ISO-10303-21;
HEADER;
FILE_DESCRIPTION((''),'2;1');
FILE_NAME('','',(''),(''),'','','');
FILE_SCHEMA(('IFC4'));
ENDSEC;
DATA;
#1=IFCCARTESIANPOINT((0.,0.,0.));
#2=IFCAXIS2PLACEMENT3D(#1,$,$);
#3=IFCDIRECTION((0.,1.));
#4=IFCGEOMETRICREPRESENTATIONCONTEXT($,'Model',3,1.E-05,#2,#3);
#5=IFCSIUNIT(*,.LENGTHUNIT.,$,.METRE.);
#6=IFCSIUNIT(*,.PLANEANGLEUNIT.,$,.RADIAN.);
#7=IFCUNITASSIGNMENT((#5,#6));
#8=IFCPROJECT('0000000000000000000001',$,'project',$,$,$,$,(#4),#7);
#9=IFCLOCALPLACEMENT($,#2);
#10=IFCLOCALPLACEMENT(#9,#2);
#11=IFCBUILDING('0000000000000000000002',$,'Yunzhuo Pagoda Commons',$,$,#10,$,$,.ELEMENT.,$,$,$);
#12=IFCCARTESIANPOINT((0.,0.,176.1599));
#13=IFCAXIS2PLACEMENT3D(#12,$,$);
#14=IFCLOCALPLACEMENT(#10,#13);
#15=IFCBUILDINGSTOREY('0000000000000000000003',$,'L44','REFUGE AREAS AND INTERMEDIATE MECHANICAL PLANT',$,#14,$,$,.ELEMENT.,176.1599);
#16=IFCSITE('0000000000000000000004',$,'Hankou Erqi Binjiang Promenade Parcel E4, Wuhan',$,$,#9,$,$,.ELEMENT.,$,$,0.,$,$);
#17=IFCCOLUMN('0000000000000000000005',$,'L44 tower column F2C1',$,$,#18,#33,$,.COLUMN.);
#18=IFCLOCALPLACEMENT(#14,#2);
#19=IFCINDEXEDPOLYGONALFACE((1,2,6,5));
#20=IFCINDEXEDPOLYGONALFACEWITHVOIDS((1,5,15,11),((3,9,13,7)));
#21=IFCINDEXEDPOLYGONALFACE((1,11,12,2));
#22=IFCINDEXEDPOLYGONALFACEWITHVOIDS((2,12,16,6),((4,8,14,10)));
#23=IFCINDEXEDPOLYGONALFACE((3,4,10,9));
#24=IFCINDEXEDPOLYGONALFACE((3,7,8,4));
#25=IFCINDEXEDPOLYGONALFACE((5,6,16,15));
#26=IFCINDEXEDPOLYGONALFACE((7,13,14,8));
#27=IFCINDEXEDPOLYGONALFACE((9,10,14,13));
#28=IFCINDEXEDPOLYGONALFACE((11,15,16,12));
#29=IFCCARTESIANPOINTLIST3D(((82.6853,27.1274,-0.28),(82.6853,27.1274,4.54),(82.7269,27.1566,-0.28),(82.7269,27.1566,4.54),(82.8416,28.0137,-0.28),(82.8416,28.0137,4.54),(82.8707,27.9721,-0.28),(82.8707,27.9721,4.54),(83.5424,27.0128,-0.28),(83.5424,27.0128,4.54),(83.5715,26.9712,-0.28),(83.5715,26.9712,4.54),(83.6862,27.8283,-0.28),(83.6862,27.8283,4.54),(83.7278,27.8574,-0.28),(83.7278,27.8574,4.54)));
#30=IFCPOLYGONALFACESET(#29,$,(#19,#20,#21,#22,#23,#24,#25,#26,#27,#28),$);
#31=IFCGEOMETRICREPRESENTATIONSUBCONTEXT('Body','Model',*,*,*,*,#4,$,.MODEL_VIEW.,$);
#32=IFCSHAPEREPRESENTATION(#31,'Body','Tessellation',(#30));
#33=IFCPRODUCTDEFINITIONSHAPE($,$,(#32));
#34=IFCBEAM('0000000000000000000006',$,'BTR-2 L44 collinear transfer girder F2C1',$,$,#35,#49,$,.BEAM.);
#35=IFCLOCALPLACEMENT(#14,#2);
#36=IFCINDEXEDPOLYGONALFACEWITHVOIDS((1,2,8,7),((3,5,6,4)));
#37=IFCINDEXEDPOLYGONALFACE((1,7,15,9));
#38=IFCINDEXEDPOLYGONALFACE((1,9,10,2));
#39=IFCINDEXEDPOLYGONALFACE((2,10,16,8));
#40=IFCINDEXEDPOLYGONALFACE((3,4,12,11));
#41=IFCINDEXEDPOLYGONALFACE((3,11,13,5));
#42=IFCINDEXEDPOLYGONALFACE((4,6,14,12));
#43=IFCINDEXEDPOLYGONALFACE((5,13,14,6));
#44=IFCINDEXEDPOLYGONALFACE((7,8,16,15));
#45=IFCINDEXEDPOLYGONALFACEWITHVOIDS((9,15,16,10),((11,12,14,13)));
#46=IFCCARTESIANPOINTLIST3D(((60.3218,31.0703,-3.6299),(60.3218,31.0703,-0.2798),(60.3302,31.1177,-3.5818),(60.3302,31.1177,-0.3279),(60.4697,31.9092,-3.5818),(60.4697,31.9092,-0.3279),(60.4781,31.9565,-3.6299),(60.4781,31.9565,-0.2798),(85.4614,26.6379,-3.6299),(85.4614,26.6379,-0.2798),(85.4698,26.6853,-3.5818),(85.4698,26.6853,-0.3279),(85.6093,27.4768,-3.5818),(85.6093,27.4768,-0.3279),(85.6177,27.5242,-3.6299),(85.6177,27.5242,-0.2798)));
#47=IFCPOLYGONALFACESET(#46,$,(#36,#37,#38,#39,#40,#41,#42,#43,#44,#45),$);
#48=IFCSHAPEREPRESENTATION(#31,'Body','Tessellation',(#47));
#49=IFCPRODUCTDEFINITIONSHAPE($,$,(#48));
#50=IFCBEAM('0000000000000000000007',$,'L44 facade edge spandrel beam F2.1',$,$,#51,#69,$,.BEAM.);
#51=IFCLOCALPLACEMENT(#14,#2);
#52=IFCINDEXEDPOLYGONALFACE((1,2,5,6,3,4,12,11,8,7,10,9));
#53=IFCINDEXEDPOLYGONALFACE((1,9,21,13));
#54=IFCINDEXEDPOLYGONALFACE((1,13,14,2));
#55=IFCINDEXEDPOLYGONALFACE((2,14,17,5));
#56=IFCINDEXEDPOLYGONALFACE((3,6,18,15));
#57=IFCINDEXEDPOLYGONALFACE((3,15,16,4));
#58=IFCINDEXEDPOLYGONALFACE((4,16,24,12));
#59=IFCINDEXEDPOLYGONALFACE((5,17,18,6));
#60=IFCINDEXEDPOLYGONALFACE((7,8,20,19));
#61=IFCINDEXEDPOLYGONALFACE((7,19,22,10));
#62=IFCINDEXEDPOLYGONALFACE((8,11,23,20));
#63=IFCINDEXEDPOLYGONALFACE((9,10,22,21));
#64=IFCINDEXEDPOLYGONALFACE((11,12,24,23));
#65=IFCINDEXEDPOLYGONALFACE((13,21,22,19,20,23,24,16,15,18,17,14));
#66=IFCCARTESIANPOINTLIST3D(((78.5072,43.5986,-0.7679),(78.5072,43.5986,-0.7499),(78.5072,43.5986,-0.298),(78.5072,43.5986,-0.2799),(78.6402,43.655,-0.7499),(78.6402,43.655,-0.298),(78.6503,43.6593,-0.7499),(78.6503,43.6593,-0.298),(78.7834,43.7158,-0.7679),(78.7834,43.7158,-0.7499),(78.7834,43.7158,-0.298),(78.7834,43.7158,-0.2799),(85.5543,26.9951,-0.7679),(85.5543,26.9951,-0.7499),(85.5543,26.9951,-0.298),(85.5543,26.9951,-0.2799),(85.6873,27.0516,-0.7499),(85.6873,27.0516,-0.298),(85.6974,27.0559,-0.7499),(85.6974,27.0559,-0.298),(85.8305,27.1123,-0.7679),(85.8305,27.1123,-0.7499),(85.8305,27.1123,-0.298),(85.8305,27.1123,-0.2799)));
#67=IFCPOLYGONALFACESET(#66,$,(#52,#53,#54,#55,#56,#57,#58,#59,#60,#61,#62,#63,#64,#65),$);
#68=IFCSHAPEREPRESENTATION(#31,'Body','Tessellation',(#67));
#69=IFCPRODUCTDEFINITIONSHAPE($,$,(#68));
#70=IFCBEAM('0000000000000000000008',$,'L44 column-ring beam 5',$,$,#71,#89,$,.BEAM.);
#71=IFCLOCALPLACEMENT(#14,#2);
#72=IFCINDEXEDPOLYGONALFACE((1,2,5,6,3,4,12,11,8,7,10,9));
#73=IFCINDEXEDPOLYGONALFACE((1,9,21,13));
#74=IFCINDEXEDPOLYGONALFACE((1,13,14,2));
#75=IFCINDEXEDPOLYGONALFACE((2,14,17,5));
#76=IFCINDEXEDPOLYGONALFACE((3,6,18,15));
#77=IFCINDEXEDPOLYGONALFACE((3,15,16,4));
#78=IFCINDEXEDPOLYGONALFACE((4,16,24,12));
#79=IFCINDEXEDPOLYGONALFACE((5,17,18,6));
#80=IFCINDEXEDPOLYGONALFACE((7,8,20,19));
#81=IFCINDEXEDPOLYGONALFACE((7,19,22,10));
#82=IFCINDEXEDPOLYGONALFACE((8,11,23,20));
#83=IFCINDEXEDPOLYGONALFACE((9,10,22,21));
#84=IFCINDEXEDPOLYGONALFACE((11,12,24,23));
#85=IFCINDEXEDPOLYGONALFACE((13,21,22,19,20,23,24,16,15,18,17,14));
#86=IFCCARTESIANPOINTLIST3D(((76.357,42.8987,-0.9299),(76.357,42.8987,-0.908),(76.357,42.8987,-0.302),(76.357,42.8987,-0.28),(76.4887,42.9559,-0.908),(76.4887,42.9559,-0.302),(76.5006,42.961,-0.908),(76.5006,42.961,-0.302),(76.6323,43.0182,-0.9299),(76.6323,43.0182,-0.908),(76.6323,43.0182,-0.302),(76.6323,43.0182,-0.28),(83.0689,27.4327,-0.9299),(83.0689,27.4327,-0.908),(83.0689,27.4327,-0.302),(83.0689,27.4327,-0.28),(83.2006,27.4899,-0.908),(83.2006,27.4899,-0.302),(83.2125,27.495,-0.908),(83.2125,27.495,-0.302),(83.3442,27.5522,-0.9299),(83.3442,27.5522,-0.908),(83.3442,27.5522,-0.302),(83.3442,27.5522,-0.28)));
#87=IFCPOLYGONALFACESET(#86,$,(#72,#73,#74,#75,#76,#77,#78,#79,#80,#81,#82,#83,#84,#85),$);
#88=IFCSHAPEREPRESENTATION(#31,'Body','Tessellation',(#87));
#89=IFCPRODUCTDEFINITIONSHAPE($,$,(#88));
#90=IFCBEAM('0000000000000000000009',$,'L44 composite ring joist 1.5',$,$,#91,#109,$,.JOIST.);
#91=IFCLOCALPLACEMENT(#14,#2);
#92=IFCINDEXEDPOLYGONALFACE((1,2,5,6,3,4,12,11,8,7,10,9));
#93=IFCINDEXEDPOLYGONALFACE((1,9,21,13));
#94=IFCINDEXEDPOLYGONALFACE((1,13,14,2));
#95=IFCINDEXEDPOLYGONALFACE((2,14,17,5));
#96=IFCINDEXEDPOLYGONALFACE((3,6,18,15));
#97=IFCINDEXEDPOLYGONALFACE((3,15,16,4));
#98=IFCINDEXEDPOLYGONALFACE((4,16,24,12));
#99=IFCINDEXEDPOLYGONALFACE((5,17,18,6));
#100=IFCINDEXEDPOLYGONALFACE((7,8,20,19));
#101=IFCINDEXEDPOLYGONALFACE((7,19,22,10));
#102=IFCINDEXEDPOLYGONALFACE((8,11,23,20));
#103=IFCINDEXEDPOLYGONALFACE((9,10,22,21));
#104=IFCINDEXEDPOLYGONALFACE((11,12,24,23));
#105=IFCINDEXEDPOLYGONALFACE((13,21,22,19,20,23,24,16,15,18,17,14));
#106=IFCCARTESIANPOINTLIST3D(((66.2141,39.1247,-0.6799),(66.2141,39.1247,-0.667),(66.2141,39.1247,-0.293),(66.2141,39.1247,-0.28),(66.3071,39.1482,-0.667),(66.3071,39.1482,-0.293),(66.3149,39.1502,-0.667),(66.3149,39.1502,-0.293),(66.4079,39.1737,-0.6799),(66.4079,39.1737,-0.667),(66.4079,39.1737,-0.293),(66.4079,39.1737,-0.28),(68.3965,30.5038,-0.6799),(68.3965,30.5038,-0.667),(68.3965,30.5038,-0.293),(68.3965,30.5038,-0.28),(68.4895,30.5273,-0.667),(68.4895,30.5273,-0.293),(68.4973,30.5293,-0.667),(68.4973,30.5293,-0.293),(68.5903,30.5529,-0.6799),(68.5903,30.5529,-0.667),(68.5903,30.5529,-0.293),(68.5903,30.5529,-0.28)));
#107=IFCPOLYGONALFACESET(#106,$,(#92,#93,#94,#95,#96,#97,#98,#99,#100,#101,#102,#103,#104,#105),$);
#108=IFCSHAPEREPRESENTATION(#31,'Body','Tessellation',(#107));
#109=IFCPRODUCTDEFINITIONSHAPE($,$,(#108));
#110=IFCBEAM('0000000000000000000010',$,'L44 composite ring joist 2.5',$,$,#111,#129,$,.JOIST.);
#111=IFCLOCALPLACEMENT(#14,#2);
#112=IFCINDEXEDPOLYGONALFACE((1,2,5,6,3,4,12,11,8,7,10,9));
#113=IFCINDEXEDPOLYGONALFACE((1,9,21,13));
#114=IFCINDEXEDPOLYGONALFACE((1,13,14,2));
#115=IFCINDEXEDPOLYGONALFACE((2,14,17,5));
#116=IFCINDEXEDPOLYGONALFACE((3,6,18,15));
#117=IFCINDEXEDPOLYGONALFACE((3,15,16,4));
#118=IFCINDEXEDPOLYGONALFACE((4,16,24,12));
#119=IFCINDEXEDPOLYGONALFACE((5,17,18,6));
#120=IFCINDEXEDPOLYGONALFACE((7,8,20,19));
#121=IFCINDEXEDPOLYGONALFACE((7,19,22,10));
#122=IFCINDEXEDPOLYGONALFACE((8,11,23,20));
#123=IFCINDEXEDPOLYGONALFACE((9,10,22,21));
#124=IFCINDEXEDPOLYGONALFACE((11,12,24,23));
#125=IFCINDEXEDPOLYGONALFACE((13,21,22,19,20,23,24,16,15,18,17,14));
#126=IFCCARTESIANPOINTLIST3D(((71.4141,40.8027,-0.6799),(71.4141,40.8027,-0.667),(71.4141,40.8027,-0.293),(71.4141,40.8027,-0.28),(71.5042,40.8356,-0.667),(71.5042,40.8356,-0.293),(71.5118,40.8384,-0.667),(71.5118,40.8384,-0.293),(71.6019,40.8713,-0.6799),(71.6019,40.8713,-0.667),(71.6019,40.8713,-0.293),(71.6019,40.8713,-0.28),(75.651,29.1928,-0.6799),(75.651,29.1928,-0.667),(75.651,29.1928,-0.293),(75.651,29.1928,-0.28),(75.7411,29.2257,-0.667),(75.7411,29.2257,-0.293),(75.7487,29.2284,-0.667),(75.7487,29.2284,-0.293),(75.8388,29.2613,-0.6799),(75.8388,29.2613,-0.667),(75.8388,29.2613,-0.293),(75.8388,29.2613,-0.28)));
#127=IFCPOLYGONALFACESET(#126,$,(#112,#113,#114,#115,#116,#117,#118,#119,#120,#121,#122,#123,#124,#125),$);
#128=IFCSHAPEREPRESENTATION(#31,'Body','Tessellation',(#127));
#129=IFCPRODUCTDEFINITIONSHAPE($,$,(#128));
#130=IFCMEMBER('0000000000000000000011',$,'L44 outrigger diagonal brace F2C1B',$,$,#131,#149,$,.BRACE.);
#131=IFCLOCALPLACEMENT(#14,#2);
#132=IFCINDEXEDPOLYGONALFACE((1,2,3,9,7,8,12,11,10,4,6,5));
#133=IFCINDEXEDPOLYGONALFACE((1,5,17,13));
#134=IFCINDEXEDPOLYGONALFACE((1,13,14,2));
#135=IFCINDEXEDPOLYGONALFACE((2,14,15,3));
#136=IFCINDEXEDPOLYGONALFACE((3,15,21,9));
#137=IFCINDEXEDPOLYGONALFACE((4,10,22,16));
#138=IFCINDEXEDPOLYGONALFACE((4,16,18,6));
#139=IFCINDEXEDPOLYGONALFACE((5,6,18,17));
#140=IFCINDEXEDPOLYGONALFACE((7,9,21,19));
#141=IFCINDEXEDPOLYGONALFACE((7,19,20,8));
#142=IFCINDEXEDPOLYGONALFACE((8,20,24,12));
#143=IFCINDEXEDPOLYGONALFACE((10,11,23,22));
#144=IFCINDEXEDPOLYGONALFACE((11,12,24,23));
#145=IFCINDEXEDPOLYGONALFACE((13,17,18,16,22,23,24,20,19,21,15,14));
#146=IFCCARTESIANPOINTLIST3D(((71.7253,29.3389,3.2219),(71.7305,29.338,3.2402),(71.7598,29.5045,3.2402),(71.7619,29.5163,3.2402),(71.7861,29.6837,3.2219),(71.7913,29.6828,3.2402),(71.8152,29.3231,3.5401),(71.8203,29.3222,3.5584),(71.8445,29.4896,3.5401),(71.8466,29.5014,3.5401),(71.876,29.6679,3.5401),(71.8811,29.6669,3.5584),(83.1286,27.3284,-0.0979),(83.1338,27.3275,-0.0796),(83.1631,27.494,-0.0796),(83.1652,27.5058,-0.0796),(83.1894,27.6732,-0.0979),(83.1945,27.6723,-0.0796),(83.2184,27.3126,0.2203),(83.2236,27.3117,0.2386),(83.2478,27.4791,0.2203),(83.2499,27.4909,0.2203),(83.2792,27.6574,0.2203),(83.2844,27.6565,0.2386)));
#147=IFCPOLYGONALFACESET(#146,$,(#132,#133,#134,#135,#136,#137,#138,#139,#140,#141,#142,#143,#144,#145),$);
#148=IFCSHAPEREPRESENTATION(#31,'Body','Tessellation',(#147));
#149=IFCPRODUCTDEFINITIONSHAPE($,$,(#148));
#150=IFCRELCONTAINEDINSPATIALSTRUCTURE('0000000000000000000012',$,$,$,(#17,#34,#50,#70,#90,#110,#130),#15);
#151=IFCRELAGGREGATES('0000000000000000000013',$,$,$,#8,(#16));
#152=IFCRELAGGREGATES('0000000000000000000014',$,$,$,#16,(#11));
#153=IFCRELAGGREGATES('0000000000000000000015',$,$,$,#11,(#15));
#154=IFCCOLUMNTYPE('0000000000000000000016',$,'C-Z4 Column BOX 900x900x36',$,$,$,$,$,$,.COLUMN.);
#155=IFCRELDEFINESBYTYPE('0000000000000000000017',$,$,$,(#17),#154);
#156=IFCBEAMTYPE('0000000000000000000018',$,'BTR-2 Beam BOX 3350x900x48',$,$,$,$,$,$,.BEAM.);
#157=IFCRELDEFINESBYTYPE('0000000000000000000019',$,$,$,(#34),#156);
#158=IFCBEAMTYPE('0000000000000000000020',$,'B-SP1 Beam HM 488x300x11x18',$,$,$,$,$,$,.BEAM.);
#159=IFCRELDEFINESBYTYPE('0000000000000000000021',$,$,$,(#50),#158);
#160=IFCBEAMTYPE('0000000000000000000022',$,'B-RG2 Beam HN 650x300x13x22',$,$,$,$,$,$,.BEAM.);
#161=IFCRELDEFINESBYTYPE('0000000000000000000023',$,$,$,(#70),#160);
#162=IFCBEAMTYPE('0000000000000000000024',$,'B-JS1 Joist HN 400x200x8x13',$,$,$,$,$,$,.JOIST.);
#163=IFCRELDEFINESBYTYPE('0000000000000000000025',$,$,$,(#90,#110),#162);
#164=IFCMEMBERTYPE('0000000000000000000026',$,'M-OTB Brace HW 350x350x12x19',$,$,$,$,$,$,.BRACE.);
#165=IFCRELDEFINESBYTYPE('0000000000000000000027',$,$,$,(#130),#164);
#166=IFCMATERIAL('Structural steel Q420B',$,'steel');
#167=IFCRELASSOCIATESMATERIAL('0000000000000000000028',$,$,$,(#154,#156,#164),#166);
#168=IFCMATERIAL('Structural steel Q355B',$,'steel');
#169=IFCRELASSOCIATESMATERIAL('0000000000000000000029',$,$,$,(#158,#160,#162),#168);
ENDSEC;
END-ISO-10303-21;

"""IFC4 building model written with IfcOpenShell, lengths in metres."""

from ifc_helpers import new_model, si_unit, direction, frame, origin, origin_2d, place, context, subcontext, project, spatial, hollow_rectangle, i_section, extrude, source, transform, mapped, material, material_profile, profile_set, type_object, element, save


model = new_model("IFC4")

# Units and contexts
model_context = context("Model", 3, precision=1e-05, world=origin(), true_north=direction((0.0, 1.0)))
body_context = subcontext(model_context, "Body", "Model", "MODEL_VIEW")
ifc_project = project(units=[si_unit("LENGTHUNIT", "METRE"), si_unit("PLANEANGLEUNIT", "RADIAN")], contexts=[model_context])

# Site, building, storey
site_placement = place(None, origin())
site = spatial("IfcSite", under=ifc_project, at=site_placement, Name="Hankou Erqi Binjiang Promenade Parcel E4, Wuhan", CompositionType="ELEMENT", RefElevation=0.0)
building_placement = place(site_placement, origin())
building = spatial("IfcBuilding", under=site, at=building_placement, Name="Yunzhuo Pagoda Commons", CompositionType="ELEMENT")
storey_placement = place(building_placement, frame((0.0, 0.0, 176.1599)))
storey = spatial("IfcBuildingStorey", under=building, at=storey_placement, Name="L44", Description="REFUGE AREAS AND INTERMEDIATE MECHANICAL PLANT", CompositionType="ELEMENT", Elevation=176.1599)

# Column
ifc_material_1 = material(Name="Structural steel Q420B", Category="steel")
ifc_material_profile_1 = material_profile(ifc_material_1, hollow_rectangle(XDim=0.8999, YDim=0.8999, WallThickness=0.0359, at=origin_2d()), Name="Structural steel Q420B")
ifc_profile_set_1 = profile_set([ifc_material_profile_1], Name="Structural steel Q420B")
column_type = type_object("IfcColumnType", Name="C-Z4 Column BOX 900x900x36", PredefinedType="COLUMN", material=ifc_profile_set_1)
shared_shape_1 = source(origin(), body_context, "Body", "SweptSolid", [
    extrude(hollow_rectangle(XDim=0.8999, YDim=0.8999, WallThickness=0.0359, at=origin_2d()), origin(), (0.0, 0.0, 1.0), 4.8201),
])
column_placement = place(storey_placement, frame((83.2065, 27.4924, -0.28), z_axis=(0.0, 0.0, 1.0), x_axis=(0.173648, 0.984808, 0.0)))
element("IfcColumn", 1, at=column_placement, inside=storey, type_object=column_type, Name="L44 tower column F2C1", PredefinedType="COLUMN", context=body_context, shape_type="MappedRepresentation", body=[
    mapped(shared_shape_1, transform((0.0, 0.0, 0.0), scale=1.0)),
])

# Beams
ifc_material_profile_2 = material_profile(ifc_material_1, hollow_rectangle(XDim=0.8999, YDim=3.3501, WallThickness=0.0481, at=origin_2d()), Name="Structural steel Q420B")
ifc_profile_set_2 = profile_set([ifc_material_profile_2], Name="Structural steel Q420B")
beam_type_1 = type_object("IfcBeamType", Name="BTR-2 Beam BOX 3350x900x48", PredefinedType="BEAM", material=ifc_profile_set_2)
shared_shape_2 = source(origin(), body_context, "Body", "SweptSolid", [
    extrude(hollow_rectangle(XDim=0.8999, YDim=3.3501, WallThickness=0.0481, at=origin_2d()), origin(), (0.0, 0.0, 1.0), 25.5273),
])
beam_1_placement = place(storey_placement, frame((85.5396, 27.0811, -1.9548), z_axis=(-0.984811, 0.173632, 0.0), x_axis=(-0.173632, -0.984811, 0.0)))
element("IfcBeam", 2, at=beam_1_placement, inside=storey, type_object=beam_type_1, Name="BTR-2 L44 collinear transfer girder F2C1", PredefinedType="BEAM", context=body_context, shape_type="MappedRepresentation", body=[
    mapped(shared_shape_2, transform((0.0, 0.0, 0.0), scale=1.0)),
])
ifc_material_2 = material(Name="Structural steel Q355B", Category="steel")
ifc_material_profile_3 = material_profile(ifc_material_2, i_section(OverallWidth=0.3, OverallDepth=0.488, WebThickness=0.011, FlangeThickness=0.0181, at=origin_2d()), Name="Structural steel Q355B")
ifc_profile_set_3 = profile_set([ifc_material_profile_3], Name="Structural steel Q355B")
beam_type_2 = type_object("IfcBeamType", Name="B-SP1 Beam HM 488x300x11x18", PredefinedType="BEAM", material=ifc_profile_set_3)
shared_shape_3 = source(origin(), body_context, "Body", "SweptSolid", [
    extrude(i_section(OverallWidth=0.3, OverallDepth=0.488, WebThickness=0.011, FlangeThickness=0.0181, at=origin_2d()), origin(), (0.0, 0.0, 1.0), 18.0371),
])
beam_2_placement = place(storey_placement, frame((85.6924, 27.0537, -0.5239), z_axis=(-0.3907, 0.920518, 0.0), x_axis=(-0.920518, -0.3907, 0.0)))
element("IfcBeam", 3, at=beam_2_placement, inside=storey, type_object=beam_type_2, Name="L44 facade edge spandrel beam F2.1", PredefinedType="BEAM", context=body_context, shape_type="MappedRepresentation", body=[
    mapped(shared_shape_3, transform((0.0, 0.0, 0.0), scale=1.0)),
])
ifc_material_profile_4 = material_profile(ifc_material_2, i_section(OverallWidth=0.3, OverallDepth=0.6499, WebThickness=0.0129, FlangeThickness=0.022, at=origin_2d()), Name="Structural steel Q355B")
ifc_profile_set_4 = profile_set([ifc_material_profile_4], Name="Structural steel Q355B")
beam_type_3 = type_object("IfcBeamType", Name="B-RG2 Beam HN 650x300x13x22", PredefinedType="BEAM", material=ifc_profile_set_4)
shared_shape_4 = source(origin(), body_context, "Body", "SweptSolid", [
    extrude(i_section(OverallWidth=0.3, OverallDepth=0.6499, WebThickness=0.0129, FlangeThickness=0.022, at=origin_2d()), origin(), (0.0, 0.0, 1.0), 16.8596),
])
beam_3_placement = place(storey_placement, frame((83.2065, 27.4924, -0.605), z_axis=(-0.398104, 0.91734, 0.0), x_axis=(-0.91734, -0.398104, 0.0)))
element("IfcBeam", 4, at=beam_3_placement, inside=storey, type_object=beam_type_3, Name="L44 column-ring beam 5", PredefinedType="BEAM", context=body_context, shape_type="MappedRepresentation", body=[
    mapped(shared_shape_4, transform((0.0, 0.0, 0.0), scale=1.0)),
])
ifc_material_profile_5 = material_profile(ifc_material_2, i_section(OverallWidth=0.2, OverallDepth=0.3999, WebThickness=0.0081, FlangeThickness=0.0129, at=origin_2d()), Name="Structural steel Q355B")
ifc_profile_set_5 = profile_set([ifc_material_profile_5], Name="Structural steel Q355B")
beam_type_4 = type_object("IfcBeamType", Name="B-JS1 Joist HN 400x200x8x13", PredefinedType="JOIST", material=ifc_profile_set_5)
shared_shape_5 = source(origin(), body_context, "Body", "SweptSolid", [
    extrude(i_section(OverallWidth=0.2, OverallDepth=0.3999, WebThickness=0.0081, FlangeThickness=0.0129, at=origin_2d()), origin(), (0.0, 0.0, 1.0), 8.8928),
])
beam_4_placement = place(storey_placement, frame((68.4934, 30.5283, -0.48), z_axis=(-0.245409, 0.96942, 0.0), x_axis=(-0.96942, -0.245409, 0.0)))
element("IfcBeam", 5, at=beam_4_placement, inside=storey, type_object=beam_type_4, Name="L44 composite ring joist 1.5", PredefinedType="JOIST", context=body_context, shape_type="MappedRepresentation", body=[
    mapped(shared_shape_5, transform((0.0, 0.0, 0.0), scale=1.0)),
])
shared_shape_6 = source(origin(), body_context, "Body", "SweptSolid", [
    extrude(i_section(OverallWidth=0.2, OverallDepth=0.3999, WebThickness=0.0081, FlangeThickness=0.0129, at=origin_2d()), origin(), (0.0, 0.0, 1.0), 12.3589),
])
beam_5_placement = place(storey_placement, frame((75.7449, 29.2271, -0.48), z_axis=(-0.342818, 0.939402, 0.0), x_axis=(-0.939402, -0.342818, 0.0)))
element("IfcBeam", 6, at=beam_5_placement, inside=storey, type_object=beam_type_4, Name="L44 composite ring joist 2.5", PredefinedType="JOIST", context=body_context, shape_type="MappedRepresentation", body=[
    mapped(shared_shape_6, transform((0.0, 0.0, 0.0), scale=1.0)),
])

# Member
ifc_material_profile_6 = material_profile(ifc_material_1, i_section(OverallWidth=0.3501, OverallDepth=0.3501, WebThickness=0.012, FlangeThickness=0.019, at=origin_2d()), Name="Structural steel Q420B")
ifc_profile_set_6 = profile_set([ifc_material_profile_6], Name="Structural steel Q420B")
member_type_1 = type_object("IfcMemberType", Name="M-OTB Brace HW 350x350x12x19", PredefinedType="BRACE", material=ifc_profile_set_6)
shared_shape_7 = source(origin(), body_context, "Body", "SweptSolid", [
    extrude(i_section(OverallWidth=0.3501, OverallDepth=0.3501, WebThickness=0.012, FlangeThickness=0.019, at=origin_2d()), origin(), (0.0, 0.0, 1.0), 12.0457),
])
member_1_placement = place(storey_placement, frame((71.8032, 29.5029, 3.3901), z_axis=(0.946671, -0.166906, -0.275602), x_axis=(0.17363, 0.984811, 0.0)))
element("IfcMember", 7, at=member_1_placement, inside=storey, type_object=member_type_1, Name="L44 outrigger diagonal brace F2C1B", PredefinedType="BRACE", context=body_context, shape_type="MappedRepresentation", body=[
    mapped(shared_shape_7, transform((0.0, 0.0, 0.0), scale=1.0)),
])

save(model, "model.ifc")
